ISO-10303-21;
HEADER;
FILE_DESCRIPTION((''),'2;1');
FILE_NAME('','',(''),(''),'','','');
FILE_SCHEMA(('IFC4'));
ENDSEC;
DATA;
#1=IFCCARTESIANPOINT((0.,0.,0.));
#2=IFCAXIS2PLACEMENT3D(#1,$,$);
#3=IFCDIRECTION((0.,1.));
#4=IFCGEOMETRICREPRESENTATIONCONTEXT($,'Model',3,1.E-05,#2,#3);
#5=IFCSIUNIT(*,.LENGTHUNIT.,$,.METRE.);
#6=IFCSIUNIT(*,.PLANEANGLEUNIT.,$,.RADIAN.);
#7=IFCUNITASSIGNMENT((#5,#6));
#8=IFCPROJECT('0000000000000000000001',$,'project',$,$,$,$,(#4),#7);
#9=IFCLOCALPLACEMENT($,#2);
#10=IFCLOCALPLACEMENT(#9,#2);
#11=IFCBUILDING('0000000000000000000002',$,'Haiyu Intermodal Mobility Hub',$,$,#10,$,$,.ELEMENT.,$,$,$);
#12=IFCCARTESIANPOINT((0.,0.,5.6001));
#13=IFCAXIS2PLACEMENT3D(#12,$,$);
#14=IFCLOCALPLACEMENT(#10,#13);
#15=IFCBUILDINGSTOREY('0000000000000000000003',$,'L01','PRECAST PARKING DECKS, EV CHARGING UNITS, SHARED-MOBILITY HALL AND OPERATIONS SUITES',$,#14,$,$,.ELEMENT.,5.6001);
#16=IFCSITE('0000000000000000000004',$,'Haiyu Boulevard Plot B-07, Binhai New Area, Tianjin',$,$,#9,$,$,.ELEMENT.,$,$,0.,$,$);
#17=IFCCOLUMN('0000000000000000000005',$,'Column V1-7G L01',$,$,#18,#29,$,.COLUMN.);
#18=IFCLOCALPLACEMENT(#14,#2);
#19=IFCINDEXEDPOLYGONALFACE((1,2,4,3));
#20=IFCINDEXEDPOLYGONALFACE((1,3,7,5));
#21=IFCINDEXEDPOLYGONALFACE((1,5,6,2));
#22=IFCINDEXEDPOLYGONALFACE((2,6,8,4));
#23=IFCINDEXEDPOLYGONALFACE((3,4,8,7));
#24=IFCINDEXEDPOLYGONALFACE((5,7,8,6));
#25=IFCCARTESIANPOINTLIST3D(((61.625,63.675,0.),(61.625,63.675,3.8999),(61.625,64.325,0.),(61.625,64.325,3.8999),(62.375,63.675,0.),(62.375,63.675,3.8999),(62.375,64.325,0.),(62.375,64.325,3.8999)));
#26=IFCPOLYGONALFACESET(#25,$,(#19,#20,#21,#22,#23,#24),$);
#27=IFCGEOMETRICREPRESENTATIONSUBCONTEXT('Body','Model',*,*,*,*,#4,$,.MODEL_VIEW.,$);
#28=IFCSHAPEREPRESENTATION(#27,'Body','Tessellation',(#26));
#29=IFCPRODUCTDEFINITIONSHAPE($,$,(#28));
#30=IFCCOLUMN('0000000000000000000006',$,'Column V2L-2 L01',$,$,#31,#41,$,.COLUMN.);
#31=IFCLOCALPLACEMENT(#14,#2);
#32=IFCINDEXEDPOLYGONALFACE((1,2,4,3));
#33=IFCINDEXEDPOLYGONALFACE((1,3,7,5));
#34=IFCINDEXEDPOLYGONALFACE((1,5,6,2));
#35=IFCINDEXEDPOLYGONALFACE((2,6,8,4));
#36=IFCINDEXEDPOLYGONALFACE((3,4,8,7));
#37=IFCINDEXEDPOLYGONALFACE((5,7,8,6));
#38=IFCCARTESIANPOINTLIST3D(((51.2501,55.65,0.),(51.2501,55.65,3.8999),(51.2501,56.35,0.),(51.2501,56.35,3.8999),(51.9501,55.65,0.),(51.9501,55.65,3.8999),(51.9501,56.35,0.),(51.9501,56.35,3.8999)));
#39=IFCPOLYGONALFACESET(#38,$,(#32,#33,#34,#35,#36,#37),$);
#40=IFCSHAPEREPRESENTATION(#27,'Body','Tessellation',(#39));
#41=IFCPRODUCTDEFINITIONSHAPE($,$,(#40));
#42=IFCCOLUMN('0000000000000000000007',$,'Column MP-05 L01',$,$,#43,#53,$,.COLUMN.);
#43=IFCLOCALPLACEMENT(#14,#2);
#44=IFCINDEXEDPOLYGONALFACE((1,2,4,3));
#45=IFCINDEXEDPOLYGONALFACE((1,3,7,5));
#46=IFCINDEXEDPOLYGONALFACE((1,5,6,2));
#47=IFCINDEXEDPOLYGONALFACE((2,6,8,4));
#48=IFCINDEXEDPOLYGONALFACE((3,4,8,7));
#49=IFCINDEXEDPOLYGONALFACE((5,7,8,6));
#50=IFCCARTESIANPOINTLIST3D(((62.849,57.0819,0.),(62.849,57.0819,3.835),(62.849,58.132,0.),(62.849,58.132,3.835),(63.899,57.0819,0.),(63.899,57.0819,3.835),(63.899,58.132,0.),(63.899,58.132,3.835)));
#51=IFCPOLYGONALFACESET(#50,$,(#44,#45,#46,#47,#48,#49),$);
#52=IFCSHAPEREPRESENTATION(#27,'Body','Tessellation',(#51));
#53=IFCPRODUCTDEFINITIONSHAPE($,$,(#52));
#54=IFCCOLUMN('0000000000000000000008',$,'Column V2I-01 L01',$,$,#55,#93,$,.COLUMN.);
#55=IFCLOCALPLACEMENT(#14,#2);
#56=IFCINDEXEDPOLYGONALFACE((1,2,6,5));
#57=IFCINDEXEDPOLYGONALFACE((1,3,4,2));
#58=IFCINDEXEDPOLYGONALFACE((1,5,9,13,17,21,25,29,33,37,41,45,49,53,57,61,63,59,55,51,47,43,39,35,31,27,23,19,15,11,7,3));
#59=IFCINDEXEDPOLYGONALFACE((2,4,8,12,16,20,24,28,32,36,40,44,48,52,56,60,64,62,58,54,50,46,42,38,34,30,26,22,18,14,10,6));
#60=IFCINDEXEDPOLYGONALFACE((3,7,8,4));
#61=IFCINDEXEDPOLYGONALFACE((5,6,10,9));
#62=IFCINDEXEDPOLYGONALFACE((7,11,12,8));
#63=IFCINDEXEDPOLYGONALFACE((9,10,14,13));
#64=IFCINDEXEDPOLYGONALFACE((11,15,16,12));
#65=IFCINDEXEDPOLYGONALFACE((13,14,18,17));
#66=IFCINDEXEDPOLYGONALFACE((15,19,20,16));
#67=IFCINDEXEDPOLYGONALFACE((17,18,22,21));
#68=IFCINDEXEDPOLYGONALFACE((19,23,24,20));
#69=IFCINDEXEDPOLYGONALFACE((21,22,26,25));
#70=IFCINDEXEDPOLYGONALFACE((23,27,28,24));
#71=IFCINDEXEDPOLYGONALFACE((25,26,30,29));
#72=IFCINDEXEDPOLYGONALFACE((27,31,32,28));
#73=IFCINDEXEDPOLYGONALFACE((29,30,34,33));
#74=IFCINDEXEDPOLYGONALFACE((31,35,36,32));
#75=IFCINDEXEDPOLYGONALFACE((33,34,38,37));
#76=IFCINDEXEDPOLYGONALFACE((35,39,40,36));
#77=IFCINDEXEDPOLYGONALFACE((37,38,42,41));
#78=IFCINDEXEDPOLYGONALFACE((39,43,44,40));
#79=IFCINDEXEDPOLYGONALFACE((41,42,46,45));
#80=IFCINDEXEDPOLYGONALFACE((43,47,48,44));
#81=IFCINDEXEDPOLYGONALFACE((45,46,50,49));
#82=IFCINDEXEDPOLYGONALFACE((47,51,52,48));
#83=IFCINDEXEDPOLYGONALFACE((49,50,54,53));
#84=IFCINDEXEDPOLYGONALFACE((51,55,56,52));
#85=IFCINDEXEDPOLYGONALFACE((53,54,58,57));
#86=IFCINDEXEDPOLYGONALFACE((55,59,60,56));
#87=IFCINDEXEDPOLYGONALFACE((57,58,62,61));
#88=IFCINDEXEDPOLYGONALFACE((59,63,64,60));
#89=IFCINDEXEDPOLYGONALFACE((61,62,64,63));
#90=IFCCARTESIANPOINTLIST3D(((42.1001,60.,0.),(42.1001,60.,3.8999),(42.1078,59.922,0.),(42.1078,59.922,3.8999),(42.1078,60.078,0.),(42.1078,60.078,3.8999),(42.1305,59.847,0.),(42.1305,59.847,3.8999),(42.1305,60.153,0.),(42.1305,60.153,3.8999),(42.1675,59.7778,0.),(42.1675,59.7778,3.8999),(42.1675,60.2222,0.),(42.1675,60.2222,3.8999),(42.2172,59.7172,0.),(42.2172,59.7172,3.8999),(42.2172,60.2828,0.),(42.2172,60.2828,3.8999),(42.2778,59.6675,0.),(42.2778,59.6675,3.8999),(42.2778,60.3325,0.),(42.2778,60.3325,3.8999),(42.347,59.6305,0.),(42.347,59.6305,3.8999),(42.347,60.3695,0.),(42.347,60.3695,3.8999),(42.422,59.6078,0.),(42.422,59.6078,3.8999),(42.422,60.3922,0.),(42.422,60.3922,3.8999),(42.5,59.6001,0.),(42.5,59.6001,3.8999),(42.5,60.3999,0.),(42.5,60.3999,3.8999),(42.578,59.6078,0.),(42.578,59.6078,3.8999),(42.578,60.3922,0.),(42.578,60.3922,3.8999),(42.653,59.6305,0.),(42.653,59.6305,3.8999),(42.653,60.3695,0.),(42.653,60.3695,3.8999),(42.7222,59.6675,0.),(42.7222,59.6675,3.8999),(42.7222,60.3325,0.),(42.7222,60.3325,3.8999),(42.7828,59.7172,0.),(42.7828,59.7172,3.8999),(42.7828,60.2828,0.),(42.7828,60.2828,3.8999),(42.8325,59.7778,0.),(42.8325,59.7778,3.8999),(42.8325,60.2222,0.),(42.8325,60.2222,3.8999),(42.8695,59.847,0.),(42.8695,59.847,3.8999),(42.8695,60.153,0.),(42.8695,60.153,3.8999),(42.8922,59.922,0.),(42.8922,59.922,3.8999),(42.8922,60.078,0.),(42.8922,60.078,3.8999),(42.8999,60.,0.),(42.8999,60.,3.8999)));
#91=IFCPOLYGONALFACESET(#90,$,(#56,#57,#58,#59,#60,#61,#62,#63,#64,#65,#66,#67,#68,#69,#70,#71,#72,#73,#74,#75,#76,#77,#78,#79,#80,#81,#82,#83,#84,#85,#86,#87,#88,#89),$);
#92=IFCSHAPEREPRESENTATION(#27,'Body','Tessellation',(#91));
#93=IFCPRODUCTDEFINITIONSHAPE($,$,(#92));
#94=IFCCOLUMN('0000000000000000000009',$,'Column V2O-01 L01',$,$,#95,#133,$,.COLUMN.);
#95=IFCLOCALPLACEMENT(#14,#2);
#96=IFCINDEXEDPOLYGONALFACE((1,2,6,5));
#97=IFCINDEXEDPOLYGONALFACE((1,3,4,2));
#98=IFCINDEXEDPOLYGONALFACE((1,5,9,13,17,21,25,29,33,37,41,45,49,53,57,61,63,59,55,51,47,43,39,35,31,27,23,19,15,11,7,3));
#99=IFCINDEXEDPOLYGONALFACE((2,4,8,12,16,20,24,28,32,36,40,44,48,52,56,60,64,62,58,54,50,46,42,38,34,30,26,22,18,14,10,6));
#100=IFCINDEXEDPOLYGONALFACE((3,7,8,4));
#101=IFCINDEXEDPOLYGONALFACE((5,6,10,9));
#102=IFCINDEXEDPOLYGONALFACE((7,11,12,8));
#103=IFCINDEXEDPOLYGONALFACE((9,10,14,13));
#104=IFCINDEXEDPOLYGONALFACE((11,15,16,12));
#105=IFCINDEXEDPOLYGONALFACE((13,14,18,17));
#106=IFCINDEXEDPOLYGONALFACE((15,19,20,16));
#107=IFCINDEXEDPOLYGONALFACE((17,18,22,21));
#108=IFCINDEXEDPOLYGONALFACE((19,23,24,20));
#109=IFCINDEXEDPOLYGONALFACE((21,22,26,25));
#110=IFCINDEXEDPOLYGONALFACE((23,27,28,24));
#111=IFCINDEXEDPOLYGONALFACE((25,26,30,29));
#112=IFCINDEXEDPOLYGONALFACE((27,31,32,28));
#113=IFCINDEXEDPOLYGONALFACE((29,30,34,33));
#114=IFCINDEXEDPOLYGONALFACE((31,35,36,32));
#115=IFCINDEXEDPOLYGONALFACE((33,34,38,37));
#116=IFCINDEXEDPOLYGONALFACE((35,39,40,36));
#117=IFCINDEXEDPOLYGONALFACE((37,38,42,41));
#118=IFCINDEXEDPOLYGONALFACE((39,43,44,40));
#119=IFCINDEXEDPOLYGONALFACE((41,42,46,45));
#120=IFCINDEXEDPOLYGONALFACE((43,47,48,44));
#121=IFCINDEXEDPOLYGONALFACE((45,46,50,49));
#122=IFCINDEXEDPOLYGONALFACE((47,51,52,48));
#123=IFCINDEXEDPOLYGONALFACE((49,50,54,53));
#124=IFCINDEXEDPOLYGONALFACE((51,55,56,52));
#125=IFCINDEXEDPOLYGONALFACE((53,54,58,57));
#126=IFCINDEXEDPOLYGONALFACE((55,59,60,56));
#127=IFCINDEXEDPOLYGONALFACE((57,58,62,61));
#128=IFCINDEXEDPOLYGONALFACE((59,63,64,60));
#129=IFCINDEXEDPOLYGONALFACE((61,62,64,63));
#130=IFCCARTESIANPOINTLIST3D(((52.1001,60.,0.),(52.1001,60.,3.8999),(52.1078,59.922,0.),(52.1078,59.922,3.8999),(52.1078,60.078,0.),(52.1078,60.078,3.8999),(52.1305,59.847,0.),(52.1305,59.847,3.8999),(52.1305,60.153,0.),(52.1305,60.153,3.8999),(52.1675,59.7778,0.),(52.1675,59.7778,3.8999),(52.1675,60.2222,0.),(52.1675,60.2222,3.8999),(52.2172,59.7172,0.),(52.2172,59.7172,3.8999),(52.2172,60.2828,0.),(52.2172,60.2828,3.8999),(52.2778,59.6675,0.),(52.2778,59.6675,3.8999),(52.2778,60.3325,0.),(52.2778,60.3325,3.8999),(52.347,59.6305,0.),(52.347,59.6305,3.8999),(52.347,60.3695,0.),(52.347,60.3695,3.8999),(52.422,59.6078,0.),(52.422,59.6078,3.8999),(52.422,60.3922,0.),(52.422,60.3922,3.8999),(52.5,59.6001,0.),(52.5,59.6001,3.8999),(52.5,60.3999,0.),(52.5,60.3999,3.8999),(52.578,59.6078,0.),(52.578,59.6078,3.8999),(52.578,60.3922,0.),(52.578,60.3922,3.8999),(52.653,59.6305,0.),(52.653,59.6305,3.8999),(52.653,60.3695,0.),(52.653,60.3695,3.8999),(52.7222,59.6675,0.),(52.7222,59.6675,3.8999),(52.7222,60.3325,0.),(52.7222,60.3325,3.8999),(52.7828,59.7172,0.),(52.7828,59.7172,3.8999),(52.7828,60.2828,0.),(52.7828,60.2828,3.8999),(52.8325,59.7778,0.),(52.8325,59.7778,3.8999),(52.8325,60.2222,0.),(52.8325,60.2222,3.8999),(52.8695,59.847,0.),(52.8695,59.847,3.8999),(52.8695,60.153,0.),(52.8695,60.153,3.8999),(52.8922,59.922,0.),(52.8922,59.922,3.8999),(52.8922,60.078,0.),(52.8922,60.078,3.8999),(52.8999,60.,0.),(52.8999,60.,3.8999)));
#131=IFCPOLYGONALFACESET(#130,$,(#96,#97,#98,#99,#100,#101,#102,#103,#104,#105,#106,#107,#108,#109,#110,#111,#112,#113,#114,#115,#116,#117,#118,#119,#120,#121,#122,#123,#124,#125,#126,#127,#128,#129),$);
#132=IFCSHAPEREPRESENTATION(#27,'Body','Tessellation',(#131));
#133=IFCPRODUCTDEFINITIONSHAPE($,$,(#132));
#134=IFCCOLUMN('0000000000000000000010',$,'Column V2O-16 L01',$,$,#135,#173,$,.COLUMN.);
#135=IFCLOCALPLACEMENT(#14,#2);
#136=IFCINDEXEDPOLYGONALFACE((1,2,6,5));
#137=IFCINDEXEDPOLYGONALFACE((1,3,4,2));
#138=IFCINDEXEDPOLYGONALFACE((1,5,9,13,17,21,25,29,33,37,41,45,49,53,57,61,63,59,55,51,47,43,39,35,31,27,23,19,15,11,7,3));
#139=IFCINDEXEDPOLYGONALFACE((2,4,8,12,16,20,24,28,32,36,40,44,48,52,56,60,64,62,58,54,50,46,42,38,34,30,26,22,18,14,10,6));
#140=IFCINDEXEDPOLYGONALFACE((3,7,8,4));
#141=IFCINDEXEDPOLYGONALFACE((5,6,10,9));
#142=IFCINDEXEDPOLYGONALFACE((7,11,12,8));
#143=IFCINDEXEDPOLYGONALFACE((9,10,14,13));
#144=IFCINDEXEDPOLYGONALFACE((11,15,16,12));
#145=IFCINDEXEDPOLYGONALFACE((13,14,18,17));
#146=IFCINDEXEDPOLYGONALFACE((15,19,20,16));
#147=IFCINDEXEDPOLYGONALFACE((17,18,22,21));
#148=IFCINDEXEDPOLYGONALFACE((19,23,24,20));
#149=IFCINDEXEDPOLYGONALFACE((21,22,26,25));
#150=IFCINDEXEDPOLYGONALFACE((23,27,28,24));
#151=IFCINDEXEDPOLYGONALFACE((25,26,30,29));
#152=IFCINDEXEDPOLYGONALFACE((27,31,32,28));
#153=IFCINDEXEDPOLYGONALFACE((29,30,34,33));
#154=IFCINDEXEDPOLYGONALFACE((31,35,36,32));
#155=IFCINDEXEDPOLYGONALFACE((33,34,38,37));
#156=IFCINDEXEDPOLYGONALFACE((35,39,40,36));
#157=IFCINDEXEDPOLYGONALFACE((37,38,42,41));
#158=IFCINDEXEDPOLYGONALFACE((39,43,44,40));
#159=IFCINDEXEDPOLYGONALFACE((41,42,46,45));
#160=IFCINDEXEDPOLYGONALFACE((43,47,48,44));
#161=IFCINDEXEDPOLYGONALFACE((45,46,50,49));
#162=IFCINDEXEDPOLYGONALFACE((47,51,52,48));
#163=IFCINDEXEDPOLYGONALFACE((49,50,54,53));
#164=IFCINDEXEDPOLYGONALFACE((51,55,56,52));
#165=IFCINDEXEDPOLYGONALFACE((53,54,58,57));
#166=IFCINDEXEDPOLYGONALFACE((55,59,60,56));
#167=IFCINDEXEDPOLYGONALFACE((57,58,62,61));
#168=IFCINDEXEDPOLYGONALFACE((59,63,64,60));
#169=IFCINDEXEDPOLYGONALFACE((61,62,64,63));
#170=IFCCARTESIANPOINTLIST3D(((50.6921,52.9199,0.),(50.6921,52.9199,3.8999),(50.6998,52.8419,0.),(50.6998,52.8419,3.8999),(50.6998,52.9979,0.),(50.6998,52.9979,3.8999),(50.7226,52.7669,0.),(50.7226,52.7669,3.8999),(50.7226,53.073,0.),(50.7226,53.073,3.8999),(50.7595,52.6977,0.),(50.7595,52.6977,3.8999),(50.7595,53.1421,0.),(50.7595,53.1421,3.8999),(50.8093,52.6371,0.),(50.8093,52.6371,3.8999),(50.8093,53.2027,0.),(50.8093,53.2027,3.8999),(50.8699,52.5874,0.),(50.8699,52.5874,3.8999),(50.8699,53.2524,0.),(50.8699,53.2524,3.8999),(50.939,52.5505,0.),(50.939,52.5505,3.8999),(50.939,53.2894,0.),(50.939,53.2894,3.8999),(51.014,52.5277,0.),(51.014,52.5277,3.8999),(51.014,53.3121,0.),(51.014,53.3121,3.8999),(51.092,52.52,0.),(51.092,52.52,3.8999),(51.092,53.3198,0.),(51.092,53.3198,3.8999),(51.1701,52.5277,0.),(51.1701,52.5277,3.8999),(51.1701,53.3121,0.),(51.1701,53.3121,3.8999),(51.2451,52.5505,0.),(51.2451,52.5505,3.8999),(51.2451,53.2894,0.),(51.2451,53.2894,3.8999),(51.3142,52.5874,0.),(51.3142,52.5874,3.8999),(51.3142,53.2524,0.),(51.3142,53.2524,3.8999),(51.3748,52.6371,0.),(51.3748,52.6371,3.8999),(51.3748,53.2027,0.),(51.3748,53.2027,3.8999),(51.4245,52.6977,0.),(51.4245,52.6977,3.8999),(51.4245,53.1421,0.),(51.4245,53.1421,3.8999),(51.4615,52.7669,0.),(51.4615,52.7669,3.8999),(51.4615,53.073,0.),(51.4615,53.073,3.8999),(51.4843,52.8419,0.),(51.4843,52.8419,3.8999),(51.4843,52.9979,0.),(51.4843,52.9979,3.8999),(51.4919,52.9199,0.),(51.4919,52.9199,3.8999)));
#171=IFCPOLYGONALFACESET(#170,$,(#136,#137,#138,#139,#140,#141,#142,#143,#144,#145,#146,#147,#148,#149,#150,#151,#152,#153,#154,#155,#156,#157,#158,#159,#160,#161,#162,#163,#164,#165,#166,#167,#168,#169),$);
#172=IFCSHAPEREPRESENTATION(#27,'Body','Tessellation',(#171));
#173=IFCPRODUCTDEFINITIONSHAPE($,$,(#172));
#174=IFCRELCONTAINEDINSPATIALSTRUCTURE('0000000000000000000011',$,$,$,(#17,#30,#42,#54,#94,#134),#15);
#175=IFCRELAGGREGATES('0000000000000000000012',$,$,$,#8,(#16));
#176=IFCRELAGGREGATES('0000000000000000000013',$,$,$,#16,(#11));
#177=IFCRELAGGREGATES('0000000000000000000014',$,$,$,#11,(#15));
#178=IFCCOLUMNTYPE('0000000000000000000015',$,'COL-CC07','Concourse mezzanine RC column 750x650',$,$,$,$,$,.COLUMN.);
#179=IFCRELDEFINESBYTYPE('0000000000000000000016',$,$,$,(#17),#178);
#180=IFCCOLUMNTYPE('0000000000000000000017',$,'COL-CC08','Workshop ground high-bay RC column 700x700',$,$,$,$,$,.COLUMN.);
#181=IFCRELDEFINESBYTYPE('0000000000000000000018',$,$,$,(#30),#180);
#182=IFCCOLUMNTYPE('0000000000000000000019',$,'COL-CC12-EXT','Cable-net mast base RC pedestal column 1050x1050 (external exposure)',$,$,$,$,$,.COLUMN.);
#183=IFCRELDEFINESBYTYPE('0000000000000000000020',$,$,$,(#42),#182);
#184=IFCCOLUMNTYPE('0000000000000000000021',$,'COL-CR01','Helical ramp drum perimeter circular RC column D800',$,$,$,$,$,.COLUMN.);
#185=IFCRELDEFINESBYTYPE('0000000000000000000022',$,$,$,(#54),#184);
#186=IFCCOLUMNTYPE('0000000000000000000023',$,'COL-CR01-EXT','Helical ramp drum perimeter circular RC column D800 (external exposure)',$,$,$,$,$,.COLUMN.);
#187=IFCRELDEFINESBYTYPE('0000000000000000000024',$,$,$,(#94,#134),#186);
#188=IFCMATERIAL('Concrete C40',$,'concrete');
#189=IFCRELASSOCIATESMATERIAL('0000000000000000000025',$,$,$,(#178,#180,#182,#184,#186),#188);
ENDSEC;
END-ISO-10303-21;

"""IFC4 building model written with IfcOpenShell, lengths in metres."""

from ifc_helpers import new_model, si_unit, direction, frame, origin, origin_2d, place, context, subcontext, project, spatial, rectangle, circle, extrude, material, material_profile, profile_set, type_object, element, save


model = new_model("IFC4")

# Units and contexts
model_context = context("Model", 3, precision=1e-05, world=origin(), true_north=direction((0.0, 1.0)))
body_context = subcontext(model_context, "Body", "Model", "MODEL_VIEW")
ifc_project = project(units=[si_unit("LENGTHUNIT", "METRE"), si_unit("PLANEANGLEUNIT", "RADIAN")], contexts=[model_context])

# Site, building, storey
site_placement = place(None, origin())
site = spatial("IfcSite", under=ifc_project, at=site_placement, Name="Haiyu Boulevard Plot B-07, Binhai New Area, Tianjin", CompositionType="ELEMENT", RefElevation=0.0)
building_placement = place(site_placement, origin())
building = spatial("IfcBuilding", under=site, at=building_placement, Name="Haiyu Intermodal Mobility Hub", CompositionType="ELEMENT")
storey_placement = place(building_placement, frame((0.0, 0.0, 5.6001)))
storey = spatial("IfcBuildingStorey", under=building, at=storey_placement, Name="L01", Description="PRECAST PARKING DECKS, EV CHARGING UNITS, SHARED-MOBILITY HALL AND OPERATIONS SUITES", CompositionType="ELEMENT", Elevation=5.6001)

# Columns
ifc_material_1 = material(Name="Concrete C40", Category="concrete")
ifc_material_profile_1 = material_profile(ifc_material_1, rectangle(XDim=0.75, YDim=0.6499, at=origin_2d()), Name="RC750x650")
ifc_profile_set_1 = profile_set([ifc_material_profile_1], Name="Concrete C40")
column_type_1 = type_object("IfcColumnType", Name="COL-CC07", Description="Concourse mezzanine RC column 750x650", PredefinedType="COLUMN", material=ifc_profile_set_1)
column_1_placement = place(storey_placement, frame((62.0, 64.0, 0.0), z_axis=(0.0, 0.0, 1.0), x_axis=(1.0, 0.0, 0.0)))
element("IfcColumn", 1, at=column_1_placement, inside=storey, type_object=column_type_1, Name="Column V1-7G L01", PredefinedType="COLUMN", context=body_context, shape_type="SweptSolid", body=[
    extrude(rectangle(XDim=0.75, YDim=0.6499, at=origin_2d()), origin(), (0.0, 0.0, 1.0), 3.8999),
])
ifc_material_profile_2 = material_profile(ifc_material_1, rectangle(XDim=0.7, YDim=0.7, at=origin_2d()), Name="RC700x700")
ifc_profile_set_2 = profile_set([ifc_material_profile_2], Name="Concrete C40")
column_type_2 = type_object("IfcColumnType", Name="COL-CC08", Description="Workshop ground high-bay RC column 700x700", PredefinedType="COLUMN", material=ifc_profile_set_2)
column_2_placement = place(storey_placement, frame((51.6001, 56.0, 0.0), z_axis=(0.0, 0.0, 1.0), x_axis=(1.0, 0.0, 0.0)))
element("IfcColumn", 2, at=column_2_placement, inside=storey, type_object=column_type_2, Name="Column V2L-2 L01", PredefinedType="COLUMN", context=body_context, shape_type="SweptSolid", body=[
    extrude(rectangle(XDim=0.7, YDim=0.7, at=origin_2d()), origin(), (0.0, 0.0, 1.0), 3.8999),
])
ifc_material_profile_3 = material_profile(ifc_material_1, rectangle(XDim=1.05, YDim=1.05, at=origin_2d()), Name="RC1050x1050")
ifc_profile_set_3 = profile_set([ifc_material_profile_3], Name="Concrete C40")
column_type_3 = type_object("IfcColumnType", Name="COL-CC12-EXT", Description="Cable-net mast base RC pedestal column 1050x1050 (external exposure)", PredefinedType="COLUMN", material=ifc_profile_set_3)
column_3_placement = place(storey_placement, frame((63.374, 57.6069, 0.0), z_axis=(0.0, 0.0, 1.0), x_axis=(1.0, 0.0, 0.0)))
element("IfcColumn", 3, at=column_3_placement, inside=storey, type_object=column_type_3, Name="Column MP-05 L01", PredefinedType="COLUMN", context=body_context, shape_type="SweptSolid", body=[
    extrude(rectangle(XDim=1.05, YDim=1.05, at=origin_2d()), origin(), (0.0, 0.0, 1.0), 3.835),
])
ifc_material_profile_4 = material_profile(ifc_material_1, circle(Radius=0.3999, at=origin_2d()), Name="RCCOL-D800")
ifc_profile_set_4 = profile_set([ifc_material_profile_4], Name="Concrete C40")
column_type_4 = type_object("IfcColumnType", Name="COL-CR01", Description="Helical ramp drum perimeter circular RC column D800", PredefinedType="COLUMN", material=ifc_profile_set_4)
column_4_placement = place(storey_placement, frame((42.5, 60.0, 0.0), z_axis=(0.0, 0.0, 1.0), x_axis=(1.0, 0.0, 0.0)))
element("IfcColumn", 4, at=column_4_placement, inside=storey, type_object=column_type_4, Name="Column V2I-01 L01", PredefinedType="COLUMN", context=body_context, shape_type="SweptSolid", body=[
    extrude(circle(Radius=0.3999, at=origin_2d()), origin(), (0.0, 0.0, 1.0), 3.8999),
])
ifc_material_profile_5 = material_profile(ifc_material_1, circle(Radius=0.3999, at=origin_2d()), Name="RCCOL-D800")
ifc_profile_set_5 = profile_set([ifc_material_profile_5], Name="Concrete C40")
column_type_5 = type_object("IfcColumnType", Name="COL-CR01-EXT", Description="Helical ramp drum perimeter circular RC column D800 (external exposure)", PredefinedType="COLUMN", material=ifc_profile_set_5)
for number, where, z_axis, x_axis, name in (
    (5, (52.5, 60.0, 0.0), (0.0, 0.0, 1.0), (1.0, 0.0, 0.0), "Column V2O-01 L01"),
    (6, (51.092, 52.9199, 0.0), (0.0, 0.0, 1.0), (1.0, 0.0, 0.0), "Column V2O-16 L01"),
):
    element("IfcColumn", number, at=place(storey_placement, frame(where, z_axis=z_axis, x_axis=x_axis)), inside=storey, type_object=column_type_5, Name=name, PredefinedType="COLUMN", context=body_context, shape_type="SweptSolid", body=[
        extrude(circle(Radius=0.3999, at=origin_2d()), origin(), (0.0, 0.0, 1.0), 3.8999),
    ])

save(model, "model.ifc")
